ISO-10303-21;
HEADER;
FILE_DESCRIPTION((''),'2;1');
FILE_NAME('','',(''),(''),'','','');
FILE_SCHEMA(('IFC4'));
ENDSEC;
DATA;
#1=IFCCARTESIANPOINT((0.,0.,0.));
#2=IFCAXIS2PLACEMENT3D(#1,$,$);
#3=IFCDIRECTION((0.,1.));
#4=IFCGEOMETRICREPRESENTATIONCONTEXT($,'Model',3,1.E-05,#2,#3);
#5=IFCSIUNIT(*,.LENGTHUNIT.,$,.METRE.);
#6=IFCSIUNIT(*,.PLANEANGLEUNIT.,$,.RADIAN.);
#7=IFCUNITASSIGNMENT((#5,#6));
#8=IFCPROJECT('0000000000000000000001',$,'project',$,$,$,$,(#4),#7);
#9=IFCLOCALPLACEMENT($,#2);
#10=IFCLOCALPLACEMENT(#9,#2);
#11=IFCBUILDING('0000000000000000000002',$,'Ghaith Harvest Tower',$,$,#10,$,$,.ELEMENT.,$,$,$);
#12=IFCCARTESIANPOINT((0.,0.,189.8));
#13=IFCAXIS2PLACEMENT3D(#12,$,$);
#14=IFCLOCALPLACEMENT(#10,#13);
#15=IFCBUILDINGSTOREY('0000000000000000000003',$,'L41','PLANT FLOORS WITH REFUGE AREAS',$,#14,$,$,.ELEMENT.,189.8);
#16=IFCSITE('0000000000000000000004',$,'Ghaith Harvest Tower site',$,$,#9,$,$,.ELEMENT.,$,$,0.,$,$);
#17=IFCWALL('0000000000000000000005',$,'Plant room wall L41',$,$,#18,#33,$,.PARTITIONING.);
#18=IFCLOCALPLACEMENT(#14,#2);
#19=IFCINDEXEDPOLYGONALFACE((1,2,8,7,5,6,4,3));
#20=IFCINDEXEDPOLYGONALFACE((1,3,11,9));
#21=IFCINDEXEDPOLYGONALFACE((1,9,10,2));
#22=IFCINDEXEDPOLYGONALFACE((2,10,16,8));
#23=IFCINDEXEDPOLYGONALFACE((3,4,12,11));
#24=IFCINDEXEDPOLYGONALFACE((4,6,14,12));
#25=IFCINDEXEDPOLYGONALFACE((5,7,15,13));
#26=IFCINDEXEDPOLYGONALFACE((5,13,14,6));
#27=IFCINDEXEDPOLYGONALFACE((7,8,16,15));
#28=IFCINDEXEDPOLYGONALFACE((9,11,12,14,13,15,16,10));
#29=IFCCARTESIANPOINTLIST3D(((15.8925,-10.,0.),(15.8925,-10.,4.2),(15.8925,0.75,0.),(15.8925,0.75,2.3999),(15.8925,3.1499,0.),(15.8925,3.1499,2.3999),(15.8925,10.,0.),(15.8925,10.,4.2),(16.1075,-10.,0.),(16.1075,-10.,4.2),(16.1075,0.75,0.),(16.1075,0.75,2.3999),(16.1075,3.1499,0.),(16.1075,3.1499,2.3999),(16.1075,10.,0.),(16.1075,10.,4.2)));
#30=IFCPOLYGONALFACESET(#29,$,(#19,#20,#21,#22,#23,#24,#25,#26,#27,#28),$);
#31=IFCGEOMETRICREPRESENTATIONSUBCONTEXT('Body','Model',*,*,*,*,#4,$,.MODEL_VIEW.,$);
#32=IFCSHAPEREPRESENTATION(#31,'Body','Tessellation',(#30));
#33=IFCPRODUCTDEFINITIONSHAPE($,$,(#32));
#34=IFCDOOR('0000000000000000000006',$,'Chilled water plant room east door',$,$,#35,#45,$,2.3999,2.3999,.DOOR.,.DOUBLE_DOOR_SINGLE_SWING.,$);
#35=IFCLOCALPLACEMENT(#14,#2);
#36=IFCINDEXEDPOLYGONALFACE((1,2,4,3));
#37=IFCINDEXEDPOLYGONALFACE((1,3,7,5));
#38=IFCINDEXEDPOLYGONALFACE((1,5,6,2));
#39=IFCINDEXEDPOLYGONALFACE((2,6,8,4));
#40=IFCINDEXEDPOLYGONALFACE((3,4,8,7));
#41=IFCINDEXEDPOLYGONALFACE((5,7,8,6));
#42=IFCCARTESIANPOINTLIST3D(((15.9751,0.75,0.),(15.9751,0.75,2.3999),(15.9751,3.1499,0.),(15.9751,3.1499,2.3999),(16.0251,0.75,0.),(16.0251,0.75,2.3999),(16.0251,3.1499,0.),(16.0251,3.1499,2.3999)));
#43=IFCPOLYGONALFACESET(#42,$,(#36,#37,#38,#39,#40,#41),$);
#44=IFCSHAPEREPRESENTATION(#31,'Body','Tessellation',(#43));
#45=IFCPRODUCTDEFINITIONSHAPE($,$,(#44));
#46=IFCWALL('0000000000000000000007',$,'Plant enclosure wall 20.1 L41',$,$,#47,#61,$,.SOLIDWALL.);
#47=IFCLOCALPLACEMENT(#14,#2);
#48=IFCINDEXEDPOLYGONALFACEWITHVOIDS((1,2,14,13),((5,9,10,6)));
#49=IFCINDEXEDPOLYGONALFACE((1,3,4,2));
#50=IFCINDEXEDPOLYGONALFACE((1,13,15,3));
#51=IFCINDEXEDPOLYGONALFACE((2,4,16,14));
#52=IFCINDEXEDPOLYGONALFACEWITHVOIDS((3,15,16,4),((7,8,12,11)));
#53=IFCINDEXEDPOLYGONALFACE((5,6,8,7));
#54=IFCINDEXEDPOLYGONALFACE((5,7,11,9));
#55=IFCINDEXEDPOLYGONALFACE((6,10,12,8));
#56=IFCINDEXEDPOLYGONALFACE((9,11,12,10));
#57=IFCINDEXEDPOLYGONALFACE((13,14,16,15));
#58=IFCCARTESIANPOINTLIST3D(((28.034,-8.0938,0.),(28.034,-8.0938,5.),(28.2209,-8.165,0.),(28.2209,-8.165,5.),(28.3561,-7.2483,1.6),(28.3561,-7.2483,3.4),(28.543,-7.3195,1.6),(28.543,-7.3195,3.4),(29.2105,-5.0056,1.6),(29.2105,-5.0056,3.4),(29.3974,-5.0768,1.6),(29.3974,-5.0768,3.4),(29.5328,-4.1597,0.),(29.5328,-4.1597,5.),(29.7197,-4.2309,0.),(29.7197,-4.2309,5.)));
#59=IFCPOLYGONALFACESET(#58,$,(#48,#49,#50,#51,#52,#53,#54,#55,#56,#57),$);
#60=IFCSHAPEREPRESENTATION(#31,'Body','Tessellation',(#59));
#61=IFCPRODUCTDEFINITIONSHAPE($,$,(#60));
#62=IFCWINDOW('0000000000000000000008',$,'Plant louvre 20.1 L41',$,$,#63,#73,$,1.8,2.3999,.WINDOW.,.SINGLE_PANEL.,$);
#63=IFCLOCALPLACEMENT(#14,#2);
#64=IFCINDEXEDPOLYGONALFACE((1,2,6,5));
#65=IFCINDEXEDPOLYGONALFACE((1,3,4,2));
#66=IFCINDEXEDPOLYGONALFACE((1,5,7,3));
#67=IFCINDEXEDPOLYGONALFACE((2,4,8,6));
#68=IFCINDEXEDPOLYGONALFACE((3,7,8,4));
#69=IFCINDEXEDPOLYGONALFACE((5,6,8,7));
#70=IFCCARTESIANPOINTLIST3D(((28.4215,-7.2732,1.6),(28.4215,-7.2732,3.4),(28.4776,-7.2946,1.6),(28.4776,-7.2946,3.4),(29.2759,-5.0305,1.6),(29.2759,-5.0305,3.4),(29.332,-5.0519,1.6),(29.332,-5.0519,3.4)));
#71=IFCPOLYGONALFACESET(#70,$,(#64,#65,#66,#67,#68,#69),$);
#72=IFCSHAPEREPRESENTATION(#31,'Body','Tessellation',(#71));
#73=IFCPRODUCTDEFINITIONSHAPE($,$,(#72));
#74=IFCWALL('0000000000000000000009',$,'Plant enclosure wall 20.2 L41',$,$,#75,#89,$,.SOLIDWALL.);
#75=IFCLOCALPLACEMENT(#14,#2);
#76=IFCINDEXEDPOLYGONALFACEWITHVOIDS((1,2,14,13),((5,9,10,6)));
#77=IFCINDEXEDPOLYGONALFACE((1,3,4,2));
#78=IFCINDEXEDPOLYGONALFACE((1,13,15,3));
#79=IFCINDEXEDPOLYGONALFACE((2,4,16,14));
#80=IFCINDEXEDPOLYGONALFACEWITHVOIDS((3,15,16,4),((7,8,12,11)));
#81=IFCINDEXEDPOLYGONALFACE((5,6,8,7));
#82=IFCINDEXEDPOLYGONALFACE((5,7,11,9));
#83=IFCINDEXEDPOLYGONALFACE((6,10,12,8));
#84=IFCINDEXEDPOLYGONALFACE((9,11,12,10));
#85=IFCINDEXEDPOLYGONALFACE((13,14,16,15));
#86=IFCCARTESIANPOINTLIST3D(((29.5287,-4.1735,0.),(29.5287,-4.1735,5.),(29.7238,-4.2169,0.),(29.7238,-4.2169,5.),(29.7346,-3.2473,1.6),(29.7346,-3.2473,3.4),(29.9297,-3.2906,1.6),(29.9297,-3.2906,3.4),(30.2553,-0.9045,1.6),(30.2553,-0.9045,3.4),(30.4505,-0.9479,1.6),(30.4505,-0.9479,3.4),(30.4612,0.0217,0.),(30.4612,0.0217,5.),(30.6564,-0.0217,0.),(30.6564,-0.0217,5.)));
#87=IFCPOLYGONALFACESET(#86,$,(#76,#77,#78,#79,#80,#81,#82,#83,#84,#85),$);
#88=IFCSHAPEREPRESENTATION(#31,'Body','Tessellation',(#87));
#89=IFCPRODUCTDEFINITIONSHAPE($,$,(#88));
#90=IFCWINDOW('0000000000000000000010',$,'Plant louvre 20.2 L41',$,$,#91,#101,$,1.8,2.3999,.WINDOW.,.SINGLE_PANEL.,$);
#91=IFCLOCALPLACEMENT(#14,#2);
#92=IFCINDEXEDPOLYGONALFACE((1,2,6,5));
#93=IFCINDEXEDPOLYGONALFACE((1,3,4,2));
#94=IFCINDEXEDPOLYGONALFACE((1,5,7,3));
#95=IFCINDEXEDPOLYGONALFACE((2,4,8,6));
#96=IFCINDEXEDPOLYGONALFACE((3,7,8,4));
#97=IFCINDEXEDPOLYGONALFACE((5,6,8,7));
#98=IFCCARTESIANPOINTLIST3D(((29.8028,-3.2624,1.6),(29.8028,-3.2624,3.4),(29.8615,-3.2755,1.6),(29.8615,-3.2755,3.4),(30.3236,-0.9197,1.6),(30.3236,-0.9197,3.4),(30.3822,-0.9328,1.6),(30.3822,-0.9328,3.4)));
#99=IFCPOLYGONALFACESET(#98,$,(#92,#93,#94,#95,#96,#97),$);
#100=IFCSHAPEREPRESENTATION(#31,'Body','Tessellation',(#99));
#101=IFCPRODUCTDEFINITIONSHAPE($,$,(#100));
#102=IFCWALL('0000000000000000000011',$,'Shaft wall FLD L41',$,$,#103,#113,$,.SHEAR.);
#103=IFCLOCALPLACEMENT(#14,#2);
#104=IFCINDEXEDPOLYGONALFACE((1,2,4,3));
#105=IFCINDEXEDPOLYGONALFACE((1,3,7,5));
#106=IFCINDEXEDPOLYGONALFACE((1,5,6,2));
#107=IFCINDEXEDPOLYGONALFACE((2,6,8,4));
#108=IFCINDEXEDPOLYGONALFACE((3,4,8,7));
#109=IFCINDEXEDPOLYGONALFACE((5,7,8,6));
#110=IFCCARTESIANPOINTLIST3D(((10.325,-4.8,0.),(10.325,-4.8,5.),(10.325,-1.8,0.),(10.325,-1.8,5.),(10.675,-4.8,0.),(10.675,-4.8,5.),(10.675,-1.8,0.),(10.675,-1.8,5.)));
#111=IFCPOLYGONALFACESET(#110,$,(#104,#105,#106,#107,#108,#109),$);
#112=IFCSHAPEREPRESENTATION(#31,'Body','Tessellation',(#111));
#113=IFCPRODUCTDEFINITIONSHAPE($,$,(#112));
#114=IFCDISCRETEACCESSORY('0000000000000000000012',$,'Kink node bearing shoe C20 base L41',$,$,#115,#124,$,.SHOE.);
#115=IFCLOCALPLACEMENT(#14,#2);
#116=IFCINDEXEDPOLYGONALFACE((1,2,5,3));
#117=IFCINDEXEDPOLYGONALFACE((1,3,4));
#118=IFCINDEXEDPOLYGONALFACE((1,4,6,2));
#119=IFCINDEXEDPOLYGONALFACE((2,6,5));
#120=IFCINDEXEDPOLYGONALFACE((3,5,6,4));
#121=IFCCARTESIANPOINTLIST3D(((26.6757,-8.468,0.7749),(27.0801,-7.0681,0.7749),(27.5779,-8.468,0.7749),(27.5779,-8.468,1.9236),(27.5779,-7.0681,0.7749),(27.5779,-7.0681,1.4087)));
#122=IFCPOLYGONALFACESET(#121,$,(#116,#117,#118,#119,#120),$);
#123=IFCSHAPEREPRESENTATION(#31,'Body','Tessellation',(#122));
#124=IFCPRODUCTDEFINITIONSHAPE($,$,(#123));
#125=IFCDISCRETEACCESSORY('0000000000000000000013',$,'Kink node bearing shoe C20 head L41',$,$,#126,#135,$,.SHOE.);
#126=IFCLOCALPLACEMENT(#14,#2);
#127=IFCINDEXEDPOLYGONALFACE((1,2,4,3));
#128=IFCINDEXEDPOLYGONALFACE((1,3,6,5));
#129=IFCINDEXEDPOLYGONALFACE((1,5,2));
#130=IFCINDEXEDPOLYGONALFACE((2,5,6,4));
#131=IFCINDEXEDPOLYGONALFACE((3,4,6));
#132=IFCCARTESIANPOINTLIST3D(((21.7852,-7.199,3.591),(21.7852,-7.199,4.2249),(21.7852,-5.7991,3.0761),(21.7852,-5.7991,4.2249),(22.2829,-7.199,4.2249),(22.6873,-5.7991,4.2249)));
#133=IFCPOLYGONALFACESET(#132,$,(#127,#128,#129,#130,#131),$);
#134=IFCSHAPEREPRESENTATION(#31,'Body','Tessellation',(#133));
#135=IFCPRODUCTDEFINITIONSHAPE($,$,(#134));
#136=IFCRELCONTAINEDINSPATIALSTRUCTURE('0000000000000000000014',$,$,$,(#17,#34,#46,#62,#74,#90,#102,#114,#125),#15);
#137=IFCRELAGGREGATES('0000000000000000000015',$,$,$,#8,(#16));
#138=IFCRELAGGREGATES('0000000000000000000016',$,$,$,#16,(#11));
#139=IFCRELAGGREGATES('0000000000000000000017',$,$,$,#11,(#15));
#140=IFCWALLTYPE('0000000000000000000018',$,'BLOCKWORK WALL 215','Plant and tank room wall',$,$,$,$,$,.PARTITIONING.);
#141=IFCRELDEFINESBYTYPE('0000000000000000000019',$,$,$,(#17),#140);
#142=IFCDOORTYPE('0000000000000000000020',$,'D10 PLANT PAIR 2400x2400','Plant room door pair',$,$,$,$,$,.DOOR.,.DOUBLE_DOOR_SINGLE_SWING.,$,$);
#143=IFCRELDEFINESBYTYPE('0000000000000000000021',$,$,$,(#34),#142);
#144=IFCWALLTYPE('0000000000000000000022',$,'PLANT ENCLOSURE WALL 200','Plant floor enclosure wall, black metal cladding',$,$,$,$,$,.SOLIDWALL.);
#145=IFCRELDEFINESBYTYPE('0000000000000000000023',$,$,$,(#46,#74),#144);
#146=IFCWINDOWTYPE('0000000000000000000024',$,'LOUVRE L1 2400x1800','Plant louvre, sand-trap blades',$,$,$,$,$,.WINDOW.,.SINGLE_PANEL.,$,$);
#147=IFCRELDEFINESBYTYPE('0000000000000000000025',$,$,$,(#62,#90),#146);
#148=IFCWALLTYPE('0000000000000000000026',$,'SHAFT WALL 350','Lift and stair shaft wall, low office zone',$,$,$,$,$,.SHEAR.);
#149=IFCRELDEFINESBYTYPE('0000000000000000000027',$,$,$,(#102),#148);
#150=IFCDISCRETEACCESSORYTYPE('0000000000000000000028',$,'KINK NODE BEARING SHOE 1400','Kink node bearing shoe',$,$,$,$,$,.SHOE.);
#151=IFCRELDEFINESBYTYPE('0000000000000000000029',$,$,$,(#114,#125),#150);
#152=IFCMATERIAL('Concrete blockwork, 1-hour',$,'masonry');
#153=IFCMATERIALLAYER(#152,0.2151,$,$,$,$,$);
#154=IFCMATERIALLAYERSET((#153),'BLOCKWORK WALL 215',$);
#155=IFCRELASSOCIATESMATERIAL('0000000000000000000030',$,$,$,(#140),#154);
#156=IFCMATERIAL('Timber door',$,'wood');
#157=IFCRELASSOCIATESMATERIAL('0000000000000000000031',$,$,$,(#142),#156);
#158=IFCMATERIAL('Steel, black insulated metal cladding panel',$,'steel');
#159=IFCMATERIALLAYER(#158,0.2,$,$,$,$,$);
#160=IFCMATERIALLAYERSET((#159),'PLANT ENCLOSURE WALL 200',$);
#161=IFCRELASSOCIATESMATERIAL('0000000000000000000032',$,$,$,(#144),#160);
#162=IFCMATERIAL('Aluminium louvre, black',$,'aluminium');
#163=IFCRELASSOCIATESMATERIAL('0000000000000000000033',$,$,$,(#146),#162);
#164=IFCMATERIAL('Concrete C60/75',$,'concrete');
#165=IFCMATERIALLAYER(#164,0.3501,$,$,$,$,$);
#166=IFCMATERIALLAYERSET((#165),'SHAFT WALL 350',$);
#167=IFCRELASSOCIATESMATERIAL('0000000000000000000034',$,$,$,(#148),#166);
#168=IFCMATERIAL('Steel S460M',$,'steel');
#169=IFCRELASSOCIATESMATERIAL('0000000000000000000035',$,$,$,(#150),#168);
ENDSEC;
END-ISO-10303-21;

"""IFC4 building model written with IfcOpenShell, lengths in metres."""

from ifc_helpers import new_model, si_unit, direction, frame, frame_2d, origin, origin_2d, place, context, subcontext, project, spatial, rectangle, extrude, clip, halfspace, material, layer, layer_set, material_profile, profile_set, type_object, element, fill, save


model = new_model("IFC4")

# Units and contexts
model_context = context("Model", 3, precision=1e-05, world=origin(), true_north=direction((0.0, 1.0)))
body_context = subcontext(model_context, "Body", "Model", "MODEL_VIEW")
ifc_project = project(units=[si_unit("LENGTHUNIT", "METRE"), si_unit("PLANEANGLEUNIT", "RADIAN")], contexts=[model_context])

# Site, building, storey
site_placement = place(None, origin())
site = spatial("IfcSite", under=ifc_project, at=site_placement, Name="Ghaith Harvest Tower site", CompositionType="ELEMENT", RefElevation=0.0)
building_placement = place(site_placement, origin())
building = spatial("IfcBuilding", under=site, at=building_placement, Name="Ghaith Harvest Tower", CompositionType="ELEMENT")
storey_placement = place(building_placement, frame((0.0, 0.0, 189.8)))
storey = spatial("IfcBuildingStorey", under=building, at=storey_placement, Name="L41", Description="PLANT FLOORS WITH REFUGE AREAS", CompositionType="ELEMENT", Elevation=189.8)

# Wall, opening, door
ifc_material_1 = material(Name="Concrete blockwork, 1-hour", Category="masonry")
ifc_layer_1 = layer(ifc_material_1, 0.2151)
ifc_layer_set_1 = layer_set([ifc_layer_1], Name="BLOCKWORK WALL 215")
wall_type_1 = type_object("IfcWallType", Name="BLOCKWORK WALL 215", Description="Plant and tank room wall", PredefinedType="PARTITIONING", material=ifc_layer_set_1)
wall_1_placement = place(storey_placement, frame((16.0, -10.0, 0.0), z_axis=(0.0, 0.0, 1.0), x_axis=(0.0, 1.0, 0.0)))
wall_1 = element("IfcWall", 1, at=wall_1_placement, inside=storey, type_object=wall_type_1, Name="Plant room wall L41", PredefinedType="PARTITIONING", context=body_context, shape_type="SweptSolid", body=[
    extrude(rectangle(XDim=20.0, YDim=0.2151, at=frame_2d((10.0, 0.0))), origin(), (0.0, 0.0, 1.0), 4.2),
])
opening_1_placement = place(wall_1_placement, frame((10.75, 0.0, 0.0)))
opening_1 = element("IfcOpeningElement", 2, at=opening_1_placement, cuts=wall_1, PredefinedType="OPENING", context=body_context, shape_type="SweptSolid", body=[
    extrude(rectangle(XDim=2.3999, YDim=2.3999, at=frame_2d((1.2, 1.2))), frame((0.0, 0.1177, 0.0), z_axis=(0.0, -1.0, 0.0), x_axis=(1.0, 0.0, 0.0)), (0.0, 0.0, 1.0), 0.2351),
])
ifc_material_2 = material(Name="Timber door", Category="wood")
door_type_1 = type_object("IfcDoorType", Name="D10 PLANT PAIR 2400x2400", Description="Plant room door pair", OperationType="DOUBLE_DOOR_SINGLE_SWING", PredefinedType="DOOR", material=ifc_material_2)
door_1_placement = place(opening_1_placement, origin())
door_1 = element("IfcDoor", 3, at=door_1_placement, inside=storey, type_object=door_type_1, Name="Chilled water plant room east door", OperationType="DOUBLE_DOOR_SINGLE_SWING", OverallHeight=2.3999, OverallWidth=2.3999, PredefinedType="DOOR", context=body_context, shape_type="SweptSolid", body=[
    extrude(rectangle(XDim=2.3999, YDim=2.3999, at=frame_2d((1.2, 1.2))), frame((0.0, 0.0249, 0.0), z_axis=(0.0, -1.0, 0.0), x_axis=(1.0, 0.0, 0.0)), (0.0, 0.0, 1.0), 0.05),
])
fill(opening_1, door_1)

# Walls, openings, windows
ifc_material_3 = material(Name="Steel, black insulated metal cladding panel", Category="steel")
ifc_layer_2 = layer(ifc_material_3, 0.2)
ifc_layer_set_2 = layer_set([ifc_layer_2], Name="PLANT ENCLOSURE WALL 200")
wall_type_2 = type_object("IfcWallType", Name="PLANT ENCLOSURE WALL 200", Description="Plant floor enclosure wall, black metal cladding", PredefinedType="SOLIDWALL", material=ifc_layer_set_2)
wall_2_placement = place(storey_placement, frame((28.1274, -8.1294, 0.0), z_axis=(0.0, 0.0, 1.0), x_axis=(0.356012, 0.934481, 0.0)))
wall_2 = element("IfcWall", 4, at=wall_2_placement, inside=storey, type_object=wall_type_2, Name="Plant enclosure wall 20.1 L41", PredefinedType="SOLIDWALL", context=body_context, shape_type="SweptSolid", body=[
    extrude(rectangle(XDim=4.21, YDim=0.2, at=frame_2d((2.105, 0.0))), origin(), (0.0, 0.0, 1.0), 5.0),
])
opening_2_placement = place(wall_2_placement, frame((0.9048, 0.0, 1.6001)))
opening_2 = element("IfcOpeningElement", 5, at=opening_2_placement, cuts=wall_2, PredefinedType="OPENING", context=body_context, shape_type="SweptSolid", body=[
    extrude(rectangle(XDim=2.3999, YDim=1.8, at=frame_2d((1.2, 0.8999))), frame((0.0, 0.1099, 0.0), z_axis=(0.0, -1.0, 0.0), x_axis=(1.0, 0.0, 0.0)), (0.0, 0.0, 1.0), 0.22),
])
ifc_material_4 = material(Name="Aluminium louvre, black", Category="aluminium")
window_type = type_object("IfcWindowType", Name="LOUVRE L1 2400x1800", Description="Plant louvre, sand-trap blades", PartitioningType="SINGLE_PANEL", PredefinedType="WINDOW", material=ifc_material_4)
window_1_placement = place(opening_2_placement, origin())
window_1 = element("IfcWindow", 6, at=window_1_placement, inside=storey, type_object=window_type, Name="Plant louvre 20.1 L41", OverallHeight=1.8, OverallWidth=2.3999, PartitioningType="SINGLE_PANEL", PredefinedType="WINDOW", context=body_context, shape_type="SweptSolid", body=[
    extrude(rectangle(XDim=2.3999, YDim=1.8, at=frame_2d((1.2, 0.8999))), frame((0.0, 0.03, 0.0), z_axis=(0.0, -1.0, 0.0), x_axis=(1.0, 0.0, 0.0)), (0.0, 0.0, 1.0), 0.0601),
])
fill(opening_2, window_1)
wall_3_placement = place(storey_placement, frame((29.6262, -4.1953, 0.0), z_axis=(0.0, 0.0, 1.0), x_axis=(0.217003, 0.976171, 0.0)))
wall_3 = element("IfcWall", 7, at=wall_3_placement, inside=storey, type_object=wall_type_2, Name="Plant enclosure wall 20.2 L41", PredefinedType="SOLIDWALL", context=body_context, shape_type="SweptSolid", body=[
    extrude(rectangle(XDim=4.2976, YDim=0.2, at=frame_2d((2.1489, 0.0))), origin(), (0.0, 0.0, 1.0), 5.0),
])
opening_3_placement = place(wall_3_placement, frame((0.949, 0.0, 1.6001)))
opening_3 = element("IfcOpeningElement", 8, at=opening_3_placement, cuts=wall_3, PredefinedType="OPENING", context=body_context, shape_type="SweptSolid", body=[
    extrude(rectangle(XDim=2.3999, YDim=1.8, at=frame_2d((1.2, 0.8999))), frame((0.0, 0.1099, 0.0), z_axis=(0.0, -1.0, 0.0), x_axis=(1.0, 0.0, 0.0)), (0.0, 0.0, 1.0), 0.22),
])
window_2_placement = place(opening_3_placement, origin())
window_2 = element("IfcWindow", 9, at=window_2_placement, inside=storey, type_object=window_type, Name="Plant louvre 20.2 L41", OverallHeight=1.8, OverallWidth=2.3999, PartitioningType="SINGLE_PANEL", PredefinedType="WINDOW", context=body_context, shape_type="SweptSolid", body=[
    extrude(rectangle(XDim=2.3999, YDim=1.8, at=frame_2d((1.2, 0.8999))), frame((0.0, 0.03, 0.0), z_axis=(0.0, -1.0, 0.0), x_axis=(1.0, 0.0, 0.0)), (0.0, 0.0, 1.0), 0.0601),
])
fill(opening_3, window_2)

# Wall
ifc_material_5 = material(Name="Concrete C60/75", Category="concrete")
ifc_layer_3 = layer(ifc_material_5, 0.3501)
ifc_layer_set_3 = layer_set([ifc_layer_3], Name="SHAFT WALL 350")
wall_type_3 = type_object("IfcWallType", Name="SHAFT WALL 350", Description="Lift and stair shaft wall, low office zone", PredefinedType="SHEAR", material=ifc_layer_set_3)
wall_4_placement = place(storey_placement, frame((10.5, -4.8, 0.0), z_axis=(0.0, 0.0, 1.0), x_axis=(0.0, 1.0, 0.0)))
element("IfcWall", 10, at=wall_4_placement, inside=storey, type_object=wall_type_3, Name="Shaft wall FLD L41", PredefinedType="SHEAR", context=body_context, shape_type="SweptSolid", body=[
    extrude(rectangle(XDim=3.0, YDim=0.3501, at=frame_2d((1.5, 0.0))), origin(), (0.0, 0.0, 1.0), 5.0),
])

# Discrete accessories
ifc_material_6 = material(Name="Steel S460M", Category="steel")
ifc_material_profile_1 = material_profile(ifc_material_6, rectangle(XDim=1.3999, YDim=1.3999, at=origin_2d()), Name="KINK NODE BEARING SHOE 1400")
ifc_profile_set_1 = profile_set([ifc_material_profile_1], Name="Steel S460M")
discrete_accessory_type = type_object("IfcDiscreteAccessoryType", Name="KINK NODE BEARING SHOE 1400", Description="Kink node bearing shoe", PredefinedType="SHOE", material=ifc_profile_set_1)
discrete_accessory_1_placement = place(storey_placement, frame((26.8779, -7.7681, 0.7749), z_axis=(0.0, 0.0, 1.0), x_axis=(1.0, 0.0, 0.0)))
element("IfcDiscreteAccessory", 11, at=discrete_accessory_1_placement, inside=storey, type_object=discrete_accessory_type, Name="Kink node bearing shoe C20 base L41", PredefinedType="SHOE", context=body_context, shape_type="Clipping", body=[
    clip(extrude(rectangle(XDim=1.3999, YDim=1.3999, at=origin_2d()), origin(), (0.0, 0.0, 1.0), 1.1589), halfspace(frame((0.0, 0.0, 0.0), z_axis=(-0.766919, 0.221539, 0.602292), x_axis=(1.0, 0.0, 0.0)), False)),
])
discrete_accessory_2_placement = place(storey_placement, frame((22.4851, -6.499, 3.0662), z_axis=(0.0, 0.0, 1.0), x_axis=(1.0, 0.0, 0.0)))
element("IfcDiscreteAccessory", 12, at=discrete_accessory_2_placement, inside=storey, type_object=discrete_accessory_type, Name="Kink node bearing shoe C20 head L41", PredefinedType="SHOE", context=body_context, shape_type="Clipping", body=[
    clip(extrude(rectangle(XDim=1.3999, YDim=1.3999, at=origin_2d()), origin(), (0.0, 0.0, 1.0), 1.1587), halfspace(frame((0.0, 0.0, 1.1587), z_axis=(0.766919, -0.221539, -0.602292), x_axis=(1.0, 0.0, 0.0)), False)),
])

save(model, "model.ifc")
